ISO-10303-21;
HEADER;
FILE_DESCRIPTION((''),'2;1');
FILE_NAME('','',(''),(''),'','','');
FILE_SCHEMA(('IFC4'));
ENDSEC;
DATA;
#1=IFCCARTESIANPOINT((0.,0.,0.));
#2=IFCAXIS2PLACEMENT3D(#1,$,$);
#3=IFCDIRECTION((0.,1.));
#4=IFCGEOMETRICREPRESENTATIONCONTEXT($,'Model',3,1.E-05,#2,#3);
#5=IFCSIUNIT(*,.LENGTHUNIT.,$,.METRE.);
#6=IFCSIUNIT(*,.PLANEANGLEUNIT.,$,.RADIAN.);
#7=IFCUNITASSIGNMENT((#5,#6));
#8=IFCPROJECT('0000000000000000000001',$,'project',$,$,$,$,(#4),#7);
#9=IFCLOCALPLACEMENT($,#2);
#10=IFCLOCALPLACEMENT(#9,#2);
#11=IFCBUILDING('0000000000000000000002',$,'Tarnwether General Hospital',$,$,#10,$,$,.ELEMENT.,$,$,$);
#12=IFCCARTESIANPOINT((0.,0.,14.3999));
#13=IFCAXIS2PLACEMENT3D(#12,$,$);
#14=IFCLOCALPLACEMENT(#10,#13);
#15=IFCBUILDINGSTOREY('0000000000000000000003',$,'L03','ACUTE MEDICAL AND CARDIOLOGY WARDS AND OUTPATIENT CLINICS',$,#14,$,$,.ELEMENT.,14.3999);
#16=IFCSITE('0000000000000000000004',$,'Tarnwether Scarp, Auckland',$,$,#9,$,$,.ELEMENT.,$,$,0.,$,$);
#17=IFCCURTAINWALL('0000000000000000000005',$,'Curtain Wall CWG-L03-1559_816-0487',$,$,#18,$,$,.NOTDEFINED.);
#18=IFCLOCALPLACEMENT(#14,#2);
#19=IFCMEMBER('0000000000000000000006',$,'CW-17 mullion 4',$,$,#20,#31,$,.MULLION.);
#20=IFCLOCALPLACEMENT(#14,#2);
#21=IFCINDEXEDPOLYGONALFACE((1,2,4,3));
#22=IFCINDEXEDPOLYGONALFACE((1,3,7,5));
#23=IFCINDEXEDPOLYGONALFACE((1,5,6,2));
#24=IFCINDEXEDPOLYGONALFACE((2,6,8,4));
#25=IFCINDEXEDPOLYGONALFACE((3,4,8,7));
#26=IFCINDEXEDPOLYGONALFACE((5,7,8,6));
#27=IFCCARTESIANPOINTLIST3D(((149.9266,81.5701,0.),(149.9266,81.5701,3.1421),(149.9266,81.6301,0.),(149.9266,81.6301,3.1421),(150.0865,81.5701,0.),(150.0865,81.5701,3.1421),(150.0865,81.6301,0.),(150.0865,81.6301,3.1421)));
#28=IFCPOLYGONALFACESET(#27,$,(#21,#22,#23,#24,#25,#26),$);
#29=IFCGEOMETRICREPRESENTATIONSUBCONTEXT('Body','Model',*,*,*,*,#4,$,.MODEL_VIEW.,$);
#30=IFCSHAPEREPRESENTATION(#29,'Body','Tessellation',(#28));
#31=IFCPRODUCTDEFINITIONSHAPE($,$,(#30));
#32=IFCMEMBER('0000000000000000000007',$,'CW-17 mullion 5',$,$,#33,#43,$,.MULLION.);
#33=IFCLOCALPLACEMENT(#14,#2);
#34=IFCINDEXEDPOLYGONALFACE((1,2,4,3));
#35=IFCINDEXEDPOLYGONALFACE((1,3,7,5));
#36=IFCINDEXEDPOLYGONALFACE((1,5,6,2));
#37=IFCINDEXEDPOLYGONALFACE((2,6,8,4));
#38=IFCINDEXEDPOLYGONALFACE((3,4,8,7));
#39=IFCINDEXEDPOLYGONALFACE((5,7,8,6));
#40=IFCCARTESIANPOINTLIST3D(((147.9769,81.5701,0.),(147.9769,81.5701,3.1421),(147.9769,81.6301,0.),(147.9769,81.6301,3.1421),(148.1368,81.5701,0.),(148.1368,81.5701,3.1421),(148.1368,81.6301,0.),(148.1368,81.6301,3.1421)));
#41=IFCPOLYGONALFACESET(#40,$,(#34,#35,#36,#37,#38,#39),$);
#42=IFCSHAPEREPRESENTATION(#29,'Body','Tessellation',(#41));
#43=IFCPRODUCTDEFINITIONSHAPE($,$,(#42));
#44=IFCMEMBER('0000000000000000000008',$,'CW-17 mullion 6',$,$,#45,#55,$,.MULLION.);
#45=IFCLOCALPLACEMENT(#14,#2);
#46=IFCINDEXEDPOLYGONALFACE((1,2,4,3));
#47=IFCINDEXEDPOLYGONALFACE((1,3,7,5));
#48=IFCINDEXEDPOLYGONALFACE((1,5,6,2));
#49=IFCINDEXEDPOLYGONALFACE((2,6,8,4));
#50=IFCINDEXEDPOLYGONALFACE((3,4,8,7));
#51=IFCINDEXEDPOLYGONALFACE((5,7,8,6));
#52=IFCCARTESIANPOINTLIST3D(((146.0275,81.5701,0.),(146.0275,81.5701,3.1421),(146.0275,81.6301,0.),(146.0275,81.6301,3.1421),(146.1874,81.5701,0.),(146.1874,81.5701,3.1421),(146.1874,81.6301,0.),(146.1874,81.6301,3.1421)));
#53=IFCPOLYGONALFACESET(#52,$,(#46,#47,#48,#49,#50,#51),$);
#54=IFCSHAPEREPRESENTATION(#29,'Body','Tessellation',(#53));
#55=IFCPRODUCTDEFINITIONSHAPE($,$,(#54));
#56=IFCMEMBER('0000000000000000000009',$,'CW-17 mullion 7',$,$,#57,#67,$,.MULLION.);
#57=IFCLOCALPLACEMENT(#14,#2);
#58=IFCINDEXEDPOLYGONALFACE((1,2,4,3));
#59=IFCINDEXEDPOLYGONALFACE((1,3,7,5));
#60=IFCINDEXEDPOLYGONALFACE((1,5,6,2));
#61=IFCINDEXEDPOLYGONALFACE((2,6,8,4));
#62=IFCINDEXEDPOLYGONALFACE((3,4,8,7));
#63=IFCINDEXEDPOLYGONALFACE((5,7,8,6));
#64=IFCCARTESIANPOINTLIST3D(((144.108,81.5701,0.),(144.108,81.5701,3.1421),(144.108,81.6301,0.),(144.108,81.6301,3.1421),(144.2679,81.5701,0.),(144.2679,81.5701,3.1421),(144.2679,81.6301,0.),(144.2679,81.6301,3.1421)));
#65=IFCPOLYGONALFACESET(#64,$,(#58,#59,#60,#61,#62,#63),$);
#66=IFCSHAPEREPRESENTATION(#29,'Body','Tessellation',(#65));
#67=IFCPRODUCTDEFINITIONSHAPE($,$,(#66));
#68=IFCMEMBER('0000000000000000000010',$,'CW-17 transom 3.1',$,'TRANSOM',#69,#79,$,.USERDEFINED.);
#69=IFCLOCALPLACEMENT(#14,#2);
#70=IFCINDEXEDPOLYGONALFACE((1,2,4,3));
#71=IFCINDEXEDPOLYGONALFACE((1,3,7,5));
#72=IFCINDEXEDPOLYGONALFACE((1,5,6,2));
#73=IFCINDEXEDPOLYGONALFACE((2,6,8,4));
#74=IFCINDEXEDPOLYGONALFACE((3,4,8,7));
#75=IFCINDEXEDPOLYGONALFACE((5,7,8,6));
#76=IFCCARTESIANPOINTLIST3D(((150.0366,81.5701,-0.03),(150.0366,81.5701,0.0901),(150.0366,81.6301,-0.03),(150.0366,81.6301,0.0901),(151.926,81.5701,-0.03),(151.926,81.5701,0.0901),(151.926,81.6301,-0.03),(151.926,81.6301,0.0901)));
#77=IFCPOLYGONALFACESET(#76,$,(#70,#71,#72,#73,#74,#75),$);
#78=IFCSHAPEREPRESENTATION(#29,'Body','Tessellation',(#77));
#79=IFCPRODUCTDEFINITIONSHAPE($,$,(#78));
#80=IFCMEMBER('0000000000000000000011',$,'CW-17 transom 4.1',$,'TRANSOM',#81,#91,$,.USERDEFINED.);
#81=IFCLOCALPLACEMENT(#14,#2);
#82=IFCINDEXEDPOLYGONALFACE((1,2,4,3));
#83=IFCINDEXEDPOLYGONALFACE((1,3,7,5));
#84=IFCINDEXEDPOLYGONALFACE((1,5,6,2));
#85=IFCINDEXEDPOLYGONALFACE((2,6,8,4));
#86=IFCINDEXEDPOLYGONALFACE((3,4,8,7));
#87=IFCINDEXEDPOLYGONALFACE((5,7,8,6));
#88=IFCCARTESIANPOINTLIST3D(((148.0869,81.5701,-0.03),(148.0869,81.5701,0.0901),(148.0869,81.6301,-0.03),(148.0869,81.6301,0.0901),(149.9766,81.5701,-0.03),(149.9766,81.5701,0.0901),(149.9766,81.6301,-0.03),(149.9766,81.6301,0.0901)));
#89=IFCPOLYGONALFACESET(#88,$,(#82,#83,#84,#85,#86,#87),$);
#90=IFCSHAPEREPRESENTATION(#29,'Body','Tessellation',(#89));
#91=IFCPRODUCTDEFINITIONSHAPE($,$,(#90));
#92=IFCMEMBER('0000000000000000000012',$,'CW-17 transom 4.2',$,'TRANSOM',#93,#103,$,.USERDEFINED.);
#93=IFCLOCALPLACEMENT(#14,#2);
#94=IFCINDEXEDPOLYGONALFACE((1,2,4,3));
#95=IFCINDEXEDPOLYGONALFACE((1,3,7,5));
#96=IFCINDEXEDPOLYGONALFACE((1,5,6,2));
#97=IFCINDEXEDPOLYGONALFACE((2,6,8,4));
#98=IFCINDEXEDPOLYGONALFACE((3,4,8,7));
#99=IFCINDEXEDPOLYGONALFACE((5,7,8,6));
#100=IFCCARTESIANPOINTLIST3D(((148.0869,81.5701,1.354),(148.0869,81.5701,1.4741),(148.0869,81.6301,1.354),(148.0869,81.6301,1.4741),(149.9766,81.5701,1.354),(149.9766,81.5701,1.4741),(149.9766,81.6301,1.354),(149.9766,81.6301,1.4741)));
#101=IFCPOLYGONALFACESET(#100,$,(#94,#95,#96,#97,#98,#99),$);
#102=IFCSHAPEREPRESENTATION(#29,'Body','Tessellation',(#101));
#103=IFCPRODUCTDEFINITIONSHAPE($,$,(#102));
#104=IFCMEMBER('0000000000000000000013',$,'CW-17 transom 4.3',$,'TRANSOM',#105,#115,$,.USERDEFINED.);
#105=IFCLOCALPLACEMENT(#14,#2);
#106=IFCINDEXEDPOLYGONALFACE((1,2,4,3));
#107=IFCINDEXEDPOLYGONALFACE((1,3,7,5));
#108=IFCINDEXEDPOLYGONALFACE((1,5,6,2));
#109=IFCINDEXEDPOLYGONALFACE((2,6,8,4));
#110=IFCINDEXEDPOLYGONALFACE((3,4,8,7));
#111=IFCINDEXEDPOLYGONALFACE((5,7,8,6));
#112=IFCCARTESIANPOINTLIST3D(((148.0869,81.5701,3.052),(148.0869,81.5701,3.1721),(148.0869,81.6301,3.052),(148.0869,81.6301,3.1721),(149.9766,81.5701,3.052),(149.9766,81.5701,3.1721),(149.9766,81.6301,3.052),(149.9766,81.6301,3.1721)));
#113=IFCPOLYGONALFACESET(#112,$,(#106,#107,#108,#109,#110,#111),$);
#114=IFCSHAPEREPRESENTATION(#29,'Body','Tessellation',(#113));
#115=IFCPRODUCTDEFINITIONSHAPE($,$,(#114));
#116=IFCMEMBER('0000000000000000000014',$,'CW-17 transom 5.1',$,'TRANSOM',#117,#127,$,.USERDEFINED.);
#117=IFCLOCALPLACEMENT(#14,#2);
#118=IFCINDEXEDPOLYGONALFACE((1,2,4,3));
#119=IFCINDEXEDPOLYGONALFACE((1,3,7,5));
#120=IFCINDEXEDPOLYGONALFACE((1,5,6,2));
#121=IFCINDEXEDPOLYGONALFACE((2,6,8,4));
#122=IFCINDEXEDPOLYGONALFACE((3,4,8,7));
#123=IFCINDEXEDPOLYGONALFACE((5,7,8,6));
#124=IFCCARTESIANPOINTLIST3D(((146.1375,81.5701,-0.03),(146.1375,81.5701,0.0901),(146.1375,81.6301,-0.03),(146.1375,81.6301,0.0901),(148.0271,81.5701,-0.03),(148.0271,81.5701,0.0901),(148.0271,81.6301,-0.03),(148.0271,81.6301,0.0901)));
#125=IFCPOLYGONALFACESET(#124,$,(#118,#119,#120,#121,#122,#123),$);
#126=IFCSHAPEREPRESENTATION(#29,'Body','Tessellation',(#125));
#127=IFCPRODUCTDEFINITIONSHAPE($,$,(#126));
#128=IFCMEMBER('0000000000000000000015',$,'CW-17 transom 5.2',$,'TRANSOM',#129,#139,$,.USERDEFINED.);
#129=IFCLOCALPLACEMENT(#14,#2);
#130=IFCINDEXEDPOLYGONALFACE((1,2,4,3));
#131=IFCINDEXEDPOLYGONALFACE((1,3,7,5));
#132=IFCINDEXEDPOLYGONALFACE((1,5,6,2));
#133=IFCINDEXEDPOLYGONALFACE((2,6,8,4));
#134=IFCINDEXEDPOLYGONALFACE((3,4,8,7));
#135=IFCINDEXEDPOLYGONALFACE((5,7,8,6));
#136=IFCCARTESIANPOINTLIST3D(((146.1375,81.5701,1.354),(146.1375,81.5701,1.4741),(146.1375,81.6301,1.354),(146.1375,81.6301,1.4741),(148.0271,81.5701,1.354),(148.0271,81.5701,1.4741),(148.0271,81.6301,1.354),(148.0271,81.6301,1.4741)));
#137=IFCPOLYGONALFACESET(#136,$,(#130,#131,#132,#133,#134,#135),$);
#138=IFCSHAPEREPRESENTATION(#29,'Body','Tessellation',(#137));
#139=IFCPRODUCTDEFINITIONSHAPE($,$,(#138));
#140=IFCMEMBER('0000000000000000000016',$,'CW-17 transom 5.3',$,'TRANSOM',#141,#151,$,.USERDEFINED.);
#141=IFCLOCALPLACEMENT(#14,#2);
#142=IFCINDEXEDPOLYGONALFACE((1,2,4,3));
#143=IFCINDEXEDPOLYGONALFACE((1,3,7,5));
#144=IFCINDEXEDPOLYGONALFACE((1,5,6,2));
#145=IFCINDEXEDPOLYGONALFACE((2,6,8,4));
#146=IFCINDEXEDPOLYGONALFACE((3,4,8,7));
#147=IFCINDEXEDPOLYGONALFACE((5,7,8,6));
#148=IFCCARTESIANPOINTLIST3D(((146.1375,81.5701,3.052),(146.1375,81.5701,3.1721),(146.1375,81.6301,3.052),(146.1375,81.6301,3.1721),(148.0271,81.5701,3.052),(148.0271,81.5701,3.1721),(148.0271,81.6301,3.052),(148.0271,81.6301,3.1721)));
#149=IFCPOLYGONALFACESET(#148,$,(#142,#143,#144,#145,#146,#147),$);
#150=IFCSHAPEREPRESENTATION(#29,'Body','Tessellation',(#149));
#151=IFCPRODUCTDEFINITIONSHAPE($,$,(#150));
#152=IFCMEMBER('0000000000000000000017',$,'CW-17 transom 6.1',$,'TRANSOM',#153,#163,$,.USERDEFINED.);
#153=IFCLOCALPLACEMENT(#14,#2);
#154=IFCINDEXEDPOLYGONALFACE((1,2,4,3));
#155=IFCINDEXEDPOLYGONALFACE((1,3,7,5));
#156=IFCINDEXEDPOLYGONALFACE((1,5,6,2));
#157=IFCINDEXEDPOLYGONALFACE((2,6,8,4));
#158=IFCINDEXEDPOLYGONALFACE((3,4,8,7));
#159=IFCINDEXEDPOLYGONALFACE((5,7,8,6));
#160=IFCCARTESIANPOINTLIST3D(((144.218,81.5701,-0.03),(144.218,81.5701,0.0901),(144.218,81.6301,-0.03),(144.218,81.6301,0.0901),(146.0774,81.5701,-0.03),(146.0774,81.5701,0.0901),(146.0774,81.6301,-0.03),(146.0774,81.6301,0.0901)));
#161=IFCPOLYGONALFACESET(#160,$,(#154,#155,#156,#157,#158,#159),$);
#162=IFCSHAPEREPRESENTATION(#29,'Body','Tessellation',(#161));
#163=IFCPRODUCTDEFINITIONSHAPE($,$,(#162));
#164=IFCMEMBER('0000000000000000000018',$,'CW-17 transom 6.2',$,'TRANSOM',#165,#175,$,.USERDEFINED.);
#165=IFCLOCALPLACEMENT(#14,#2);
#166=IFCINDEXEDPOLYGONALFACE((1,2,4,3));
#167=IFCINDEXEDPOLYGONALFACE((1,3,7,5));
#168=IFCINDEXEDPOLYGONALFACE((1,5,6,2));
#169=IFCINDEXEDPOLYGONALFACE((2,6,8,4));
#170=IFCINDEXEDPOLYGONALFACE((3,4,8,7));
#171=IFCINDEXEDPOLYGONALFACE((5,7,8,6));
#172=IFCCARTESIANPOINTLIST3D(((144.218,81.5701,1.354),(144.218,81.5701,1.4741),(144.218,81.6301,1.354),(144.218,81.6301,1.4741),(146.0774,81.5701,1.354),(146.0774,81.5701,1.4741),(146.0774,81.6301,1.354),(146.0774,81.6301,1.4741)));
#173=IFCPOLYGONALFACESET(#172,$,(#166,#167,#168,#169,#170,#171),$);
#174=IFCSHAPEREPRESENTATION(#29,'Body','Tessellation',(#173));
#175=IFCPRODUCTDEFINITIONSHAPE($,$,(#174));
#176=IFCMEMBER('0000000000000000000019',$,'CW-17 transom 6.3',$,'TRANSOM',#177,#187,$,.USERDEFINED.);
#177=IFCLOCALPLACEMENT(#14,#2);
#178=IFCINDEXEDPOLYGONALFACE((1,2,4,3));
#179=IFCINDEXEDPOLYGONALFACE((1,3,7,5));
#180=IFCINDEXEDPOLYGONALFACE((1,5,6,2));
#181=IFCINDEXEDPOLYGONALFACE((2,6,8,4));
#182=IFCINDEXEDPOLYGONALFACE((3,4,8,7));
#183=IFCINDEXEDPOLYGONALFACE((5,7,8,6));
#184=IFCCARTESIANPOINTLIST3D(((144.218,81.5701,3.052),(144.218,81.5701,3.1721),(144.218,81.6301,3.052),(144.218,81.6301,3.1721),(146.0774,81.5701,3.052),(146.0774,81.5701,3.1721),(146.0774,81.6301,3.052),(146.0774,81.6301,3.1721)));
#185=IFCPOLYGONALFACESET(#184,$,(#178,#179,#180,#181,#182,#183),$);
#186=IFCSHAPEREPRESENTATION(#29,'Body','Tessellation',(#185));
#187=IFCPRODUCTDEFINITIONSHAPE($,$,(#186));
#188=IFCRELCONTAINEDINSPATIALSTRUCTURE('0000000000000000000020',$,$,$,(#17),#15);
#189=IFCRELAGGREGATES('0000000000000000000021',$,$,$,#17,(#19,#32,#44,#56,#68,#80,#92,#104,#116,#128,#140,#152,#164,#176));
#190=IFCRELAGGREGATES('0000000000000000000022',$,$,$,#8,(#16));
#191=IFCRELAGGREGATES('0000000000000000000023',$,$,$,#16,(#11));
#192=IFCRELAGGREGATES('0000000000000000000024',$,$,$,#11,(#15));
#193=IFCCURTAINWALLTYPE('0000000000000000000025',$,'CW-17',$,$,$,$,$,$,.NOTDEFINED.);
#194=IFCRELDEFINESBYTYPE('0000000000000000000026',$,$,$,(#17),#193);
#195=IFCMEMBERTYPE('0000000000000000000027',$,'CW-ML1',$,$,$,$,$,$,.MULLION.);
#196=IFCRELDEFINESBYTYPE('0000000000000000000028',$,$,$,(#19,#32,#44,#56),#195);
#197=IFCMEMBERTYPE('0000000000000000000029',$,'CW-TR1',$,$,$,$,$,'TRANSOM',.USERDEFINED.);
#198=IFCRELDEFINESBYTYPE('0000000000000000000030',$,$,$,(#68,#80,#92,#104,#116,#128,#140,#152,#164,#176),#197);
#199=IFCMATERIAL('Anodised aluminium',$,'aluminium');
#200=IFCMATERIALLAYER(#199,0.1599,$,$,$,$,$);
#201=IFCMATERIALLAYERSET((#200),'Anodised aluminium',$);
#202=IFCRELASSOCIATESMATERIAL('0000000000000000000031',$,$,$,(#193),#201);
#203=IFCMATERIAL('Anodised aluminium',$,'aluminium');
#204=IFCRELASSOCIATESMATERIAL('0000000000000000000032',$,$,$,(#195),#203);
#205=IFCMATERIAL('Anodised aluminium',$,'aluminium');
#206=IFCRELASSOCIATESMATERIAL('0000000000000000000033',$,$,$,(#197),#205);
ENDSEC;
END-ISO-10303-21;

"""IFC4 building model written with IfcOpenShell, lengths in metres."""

from ifc_helpers import new_model, si_unit, direction, frame, origin, origin_2d, place, context, subcontext, project, spatial, rectangle, extrude, material, layer, layer_set, material_profile, profile_set, type_object, element, aggregate, save


model = new_model("IFC4")

# Units and contexts
model_context = context("Model", 3, precision=1e-05, world=origin(), true_north=direction((0.0, 1.0)))
body_context = subcontext(model_context, "Body", "Model", "MODEL_VIEW")
ifc_project = project(units=[si_unit("LENGTHUNIT", "METRE"), si_unit("PLANEANGLEUNIT", "RADIAN")], contexts=[model_context])

# Site, building, storey
site_placement = place(None, origin())
site = spatial("IfcSite", under=ifc_project, at=site_placement, Name="Tarnwether Scarp, Auckland", CompositionType="ELEMENT", RefElevation=0.0)
building_placement = place(site_placement, origin())
building = spatial("IfcBuilding", under=site, at=building_placement, Name="Tarnwether General Hospital", CompositionType="ELEMENT")
storey_placement = place(building_placement, frame((0.0, 0.0, 14.3999)))
storey = spatial("IfcBuildingStorey", under=building, at=storey_placement, Name="L03", Description="ACUTE MEDICAL AND CARDIOLOGY WARDS AND OUTPATIENT CLINICS", CompositionType="ELEMENT", Elevation=14.3999)

# Curtain wall, members
ifc_material_1 = material(Name="Anodised aluminium", Category="aluminium")
ifc_layer_1 = layer(ifc_material_1, 0.1599)
ifc_layer_set_1 = layer_set([ifc_layer_1], Name="Anodised aluminium")
curtain_wall_type = type_object("IfcCurtainWallType", Name="CW-17", PredefinedType="NOTDEFINED", material=ifc_layer_set_1)
curtain_wall_placement = place(storey_placement, origin())
curtain_wall = element("IfcCurtainWall", 1, at=curtain_wall_placement, inside=storey, type_object=curtain_wall_type, Name="Curtain Wall CWG-L03-1559_816-0487", PredefinedType="NOTDEFINED")
ifc_material_2 = material(Name="Anodised aluminium", Category="aluminium")
ifc_material_profile_1 = material_profile(ifc_material_2, rectangle(XDim=0.0601, YDim=0.1599, at=origin_2d()), Name="ALU-MUL-60x160")
ifc_profile_set_1 = profile_set([ifc_material_profile_1], Name="Anodised aluminium")
member_type_1 = type_object("IfcMemberType", Name="CW-ML1", PredefinedType="MULLION", material=ifc_profile_set_1)
member_1_placement = place(storey_placement, frame((150.0066, 81.6001, 0.0), z_axis=(0.0, 0.0, 1.0), x_axis=(0.0, -1.0, 0.0)))
member_1 = element("IfcMember", 2, at=member_1_placement, type_object=member_type_1, Name="CW-17 mullion 4", PredefinedType="MULLION", context=body_context, shape_type="SweptSolid", body=[
    extrude(rectangle(XDim=0.0601, YDim=0.1599, at=origin_2d()), origin(), (0.0, 0.0, 1.0), 3.1421),
])
member_2_placement = place(storey_placement, frame((148.0569, 81.6001, 0.0), z_axis=(0.0, 0.0, 1.0), x_axis=(0.0, -1.0, 0.0)))
member_2 = element("IfcMember", 3, at=member_2_placement, type_object=member_type_1, Name="CW-17 mullion 5", PredefinedType="MULLION", context=body_context, shape_type="SweptSolid", body=[
    extrude(rectangle(XDim=0.0601, YDim=0.1599, at=origin_2d()), origin(), (0.0, 0.0, 1.0), 3.1421),
])
member_3_placement = place(storey_placement, frame((146.1074, 81.6001, 0.0), z_axis=(0.0, 0.0, 1.0), x_axis=(0.0, -1.0, 0.0)))
member_3 = element("IfcMember", 4, at=member_3_placement, type_object=member_type_1, Name="CW-17 mullion 6", PredefinedType="MULLION", context=body_context, shape_type="SweptSolid", body=[
    extrude(rectangle(XDim=0.0601, YDim=0.1599, at=origin_2d()), origin(), (0.0, 0.0, 1.0), 3.1421),
])
member_4_placement = place(storey_placement, frame((144.188, 81.6001, 0.0), z_axis=(0.0, 0.0, 1.0), x_axis=(0.0, -1.0, 0.0)))
member_4 = element("IfcMember", 5, at=member_4_placement, type_object=member_type_1, Name="CW-17 mullion 7", PredefinedType="MULLION", context=body_context, shape_type="SweptSolid", body=[
    extrude(rectangle(XDim=0.0601, YDim=0.1599, at=origin_2d()), origin(), (0.0, 0.0, 1.0), 3.1421),
])
ifc_material_3 = material(Name="Anodised aluminium", Category="aluminium")
ifc_material_profile_2 = material_profile(ifc_material_3, rectangle(XDim=0.0601, YDim=0.1201, at=origin_2d()), Name="ALU-TRN-60x120")
ifc_profile_set_2 = profile_set([ifc_material_profile_2], Name="Anodised aluminium")
member_type_2 = type_object("IfcMemberType", Name="CW-TR1", ElementType="TRANSOM", PredefinedType="USERDEFINED", material=ifc_profile_set_2)
member_5_placement = place(storey_placement, frame((151.926, 81.6001, 0.03), z_axis=(-1.0, 0.0, 0.0), x_axis=(0.0, -1.0, 0.0)))
member_5 = element("IfcMember", 6, at=member_5_placement, type_object=member_type_2, Name="CW-17 transom 3.1", ObjectType="TRANSOM", PredefinedType="USERDEFINED", context=body_context, shape_type="SweptSolid", body=[
    extrude(rectangle(XDim=0.0601, YDim=0.1201, at=origin_2d()), origin(), (0.0, 0.0, 1.0), 1.8894),
])
member_6_placement = place(storey_placement, frame((149.9766, 81.6001, 0.03), z_axis=(-1.0, 0.0, 0.0), x_axis=(0.0, -1.0, 0.0)))
member_6 = element("IfcMember", 7, at=member_6_placement, type_object=member_type_2, Name="CW-17 transom 4.1", ObjectType="TRANSOM", PredefinedType="USERDEFINED", context=body_context, shape_type="SweptSolid", body=[
    extrude(rectangle(XDim=0.0601, YDim=0.1201, at=origin_2d()), origin(), (0.0, 0.0, 1.0), 1.8896),
])
member_7_placement = place(storey_placement, frame((149.9766, 81.6001, 1.4141), z_axis=(-1.0, 0.0, 0.0), x_axis=(0.0, -1.0, 0.0)))
member_7 = element("IfcMember", 8, at=member_7_placement, type_object=member_type_2, Name="CW-17 transom 4.2", ObjectType="TRANSOM", PredefinedType="USERDEFINED", context=body_context, shape_type="SweptSolid", body=[
    extrude(rectangle(XDim=0.0601, YDim=0.1201, at=origin_2d()), origin(), (0.0, 0.0, 1.0), 1.8896),
])
member_8_placement = place(storey_placement, frame((149.9766, 81.6001, 3.1121), z_axis=(-1.0, 0.0, 0.0), x_axis=(0.0, -1.0, 0.0)))
member_8 = element("IfcMember", 9, at=member_8_placement, type_object=member_type_2, Name="CW-17 transom 4.3", ObjectType="TRANSOM", PredefinedType="USERDEFINED", context=body_context, shape_type="SweptSolid", body=[
    extrude(rectangle(XDim=0.0601, YDim=0.1201, at=origin_2d()), origin(), (0.0, 0.0, 1.0), 1.8896),
])
member_9_placement = place(storey_placement, frame((148.0271, 81.6001, 0.03), z_axis=(-1.0, 0.0, 0.0), x_axis=(0.0, -1.0, 0.0)))
member_9 = element("IfcMember", 10, at=member_9_placement, type_object=member_type_2, Name="CW-17 transom 5.1", ObjectType="TRANSOM", PredefinedType="USERDEFINED", context=body_context, shape_type="SweptSolid", body=[
    extrude(rectangle(XDim=0.0601, YDim=0.1201, at=origin_2d()), origin(), (0.0, 0.0, 1.0), 1.8896),
])
member_10_placement = place(storey_placement, frame((148.0271, 81.6001, 1.4141), z_axis=(-1.0, 0.0, 0.0), x_axis=(0.0, -1.0, 0.0)))
member_10 = element("IfcMember", 11, at=member_10_placement, type_object=member_type_2, Name="CW-17 transom 5.2", ObjectType="TRANSOM", PredefinedType="USERDEFINED", context=body_context, shape_type="SweptSolid", body=[
    extrude(rectangle(XDim=0.0601, YDim=0.1201, at=origin_2d()), origin(), (0.0, 0.0, 1.0), 1.8896),
])
member_11_placement = place(storey_placement, frame((148.0271, 81.6001, 3.1121), z_axis=(-1.0, 0.0, 0.0), x_axis=(0.0, -1.0, 0.0)))
member_11 = element("IfcMember", 12, at=member_11_placement, type_object=member_type_2, Name="CW-17 transom 5.3", ObjectType="TRANSOM", PredefinedType="USERDEFINED", context=body_context, shape_type="SweptSolid", body=[
    extrude(rectangle(XDim=0.0601, YDim=0.1201, at=origin_2d()), origin(), (0.0, 0.0, 1.0), 1.8896),
])
member_12_placement = place(storey_placement, frame((146.0774, 81.6001, 0.03), z_axis=(-1.0, 0.0, 0.0), x_axis=(0.0, -1.0, 0.0)))
member_12 = element("IfcMember", 13, at=member_12_placement, type_object=member_type_2, Name="CW-17 transom 6.1", ObjectType="TRANSOM", PredefinedType="USERDEFINED", context=body_context, shape_type="SweptSolid", body=[
    extrude(rectangle(XDim=0.0601, YDim=0.1201, at=origin_2d()), origin(), (0.0, 0.0, 1.0), 1.8594),
])
member_13_placement = place(storey_placement, frame((146.0774, 81.6001, 1.4141), z_axis=(-1.0, 0.0, 0.0), x_axis=(0.0, -1.0, 0.0)))
member_13 = element("IfcMember", 14, at=member_13_placement, type_object=member_type_2, Name="CW-17 transom 6.2", ObjectType="TRANSOM", PredefinedType="USERDEFINED", context=body_context, shape_type="SweptSolid", body=[
    extrude(rectangle(XDim=0.0601, YDim=0.1201, at=origin_2d()), origin(), (0.0, 0.0, 1.0), 1.8594),
])
member_14_placement = place(storey_placement, frame((146.0774, 81.6001, 3.1121), z_axis=(-1.0, 0.0, 0.0), x_axis=(0.0, -1.0, 0.0)))
member_14 = element("IfcMember", 15, at=member_14_placement, type_object=member_type_2, Name="CW-17 transom 6.3", ObjectType="TRANSOM", PredefinedType="USERDEFINED", context=body_context, shape_type="SweptSolid", body=[
    extrude(rectangle(XDim=0.0601, YDim=0.1201, at=origin_2d()), origin(), (0.0, 0.0, 1.0), 1.8594),
])
aggregate(curtain_wall, [member_1, member_2, member_3, member_4, member_5, member_6, member_7, member_8, member_9, member_10, member_11, member_12, member_13, member_14])

save(model, "model.ifc")
